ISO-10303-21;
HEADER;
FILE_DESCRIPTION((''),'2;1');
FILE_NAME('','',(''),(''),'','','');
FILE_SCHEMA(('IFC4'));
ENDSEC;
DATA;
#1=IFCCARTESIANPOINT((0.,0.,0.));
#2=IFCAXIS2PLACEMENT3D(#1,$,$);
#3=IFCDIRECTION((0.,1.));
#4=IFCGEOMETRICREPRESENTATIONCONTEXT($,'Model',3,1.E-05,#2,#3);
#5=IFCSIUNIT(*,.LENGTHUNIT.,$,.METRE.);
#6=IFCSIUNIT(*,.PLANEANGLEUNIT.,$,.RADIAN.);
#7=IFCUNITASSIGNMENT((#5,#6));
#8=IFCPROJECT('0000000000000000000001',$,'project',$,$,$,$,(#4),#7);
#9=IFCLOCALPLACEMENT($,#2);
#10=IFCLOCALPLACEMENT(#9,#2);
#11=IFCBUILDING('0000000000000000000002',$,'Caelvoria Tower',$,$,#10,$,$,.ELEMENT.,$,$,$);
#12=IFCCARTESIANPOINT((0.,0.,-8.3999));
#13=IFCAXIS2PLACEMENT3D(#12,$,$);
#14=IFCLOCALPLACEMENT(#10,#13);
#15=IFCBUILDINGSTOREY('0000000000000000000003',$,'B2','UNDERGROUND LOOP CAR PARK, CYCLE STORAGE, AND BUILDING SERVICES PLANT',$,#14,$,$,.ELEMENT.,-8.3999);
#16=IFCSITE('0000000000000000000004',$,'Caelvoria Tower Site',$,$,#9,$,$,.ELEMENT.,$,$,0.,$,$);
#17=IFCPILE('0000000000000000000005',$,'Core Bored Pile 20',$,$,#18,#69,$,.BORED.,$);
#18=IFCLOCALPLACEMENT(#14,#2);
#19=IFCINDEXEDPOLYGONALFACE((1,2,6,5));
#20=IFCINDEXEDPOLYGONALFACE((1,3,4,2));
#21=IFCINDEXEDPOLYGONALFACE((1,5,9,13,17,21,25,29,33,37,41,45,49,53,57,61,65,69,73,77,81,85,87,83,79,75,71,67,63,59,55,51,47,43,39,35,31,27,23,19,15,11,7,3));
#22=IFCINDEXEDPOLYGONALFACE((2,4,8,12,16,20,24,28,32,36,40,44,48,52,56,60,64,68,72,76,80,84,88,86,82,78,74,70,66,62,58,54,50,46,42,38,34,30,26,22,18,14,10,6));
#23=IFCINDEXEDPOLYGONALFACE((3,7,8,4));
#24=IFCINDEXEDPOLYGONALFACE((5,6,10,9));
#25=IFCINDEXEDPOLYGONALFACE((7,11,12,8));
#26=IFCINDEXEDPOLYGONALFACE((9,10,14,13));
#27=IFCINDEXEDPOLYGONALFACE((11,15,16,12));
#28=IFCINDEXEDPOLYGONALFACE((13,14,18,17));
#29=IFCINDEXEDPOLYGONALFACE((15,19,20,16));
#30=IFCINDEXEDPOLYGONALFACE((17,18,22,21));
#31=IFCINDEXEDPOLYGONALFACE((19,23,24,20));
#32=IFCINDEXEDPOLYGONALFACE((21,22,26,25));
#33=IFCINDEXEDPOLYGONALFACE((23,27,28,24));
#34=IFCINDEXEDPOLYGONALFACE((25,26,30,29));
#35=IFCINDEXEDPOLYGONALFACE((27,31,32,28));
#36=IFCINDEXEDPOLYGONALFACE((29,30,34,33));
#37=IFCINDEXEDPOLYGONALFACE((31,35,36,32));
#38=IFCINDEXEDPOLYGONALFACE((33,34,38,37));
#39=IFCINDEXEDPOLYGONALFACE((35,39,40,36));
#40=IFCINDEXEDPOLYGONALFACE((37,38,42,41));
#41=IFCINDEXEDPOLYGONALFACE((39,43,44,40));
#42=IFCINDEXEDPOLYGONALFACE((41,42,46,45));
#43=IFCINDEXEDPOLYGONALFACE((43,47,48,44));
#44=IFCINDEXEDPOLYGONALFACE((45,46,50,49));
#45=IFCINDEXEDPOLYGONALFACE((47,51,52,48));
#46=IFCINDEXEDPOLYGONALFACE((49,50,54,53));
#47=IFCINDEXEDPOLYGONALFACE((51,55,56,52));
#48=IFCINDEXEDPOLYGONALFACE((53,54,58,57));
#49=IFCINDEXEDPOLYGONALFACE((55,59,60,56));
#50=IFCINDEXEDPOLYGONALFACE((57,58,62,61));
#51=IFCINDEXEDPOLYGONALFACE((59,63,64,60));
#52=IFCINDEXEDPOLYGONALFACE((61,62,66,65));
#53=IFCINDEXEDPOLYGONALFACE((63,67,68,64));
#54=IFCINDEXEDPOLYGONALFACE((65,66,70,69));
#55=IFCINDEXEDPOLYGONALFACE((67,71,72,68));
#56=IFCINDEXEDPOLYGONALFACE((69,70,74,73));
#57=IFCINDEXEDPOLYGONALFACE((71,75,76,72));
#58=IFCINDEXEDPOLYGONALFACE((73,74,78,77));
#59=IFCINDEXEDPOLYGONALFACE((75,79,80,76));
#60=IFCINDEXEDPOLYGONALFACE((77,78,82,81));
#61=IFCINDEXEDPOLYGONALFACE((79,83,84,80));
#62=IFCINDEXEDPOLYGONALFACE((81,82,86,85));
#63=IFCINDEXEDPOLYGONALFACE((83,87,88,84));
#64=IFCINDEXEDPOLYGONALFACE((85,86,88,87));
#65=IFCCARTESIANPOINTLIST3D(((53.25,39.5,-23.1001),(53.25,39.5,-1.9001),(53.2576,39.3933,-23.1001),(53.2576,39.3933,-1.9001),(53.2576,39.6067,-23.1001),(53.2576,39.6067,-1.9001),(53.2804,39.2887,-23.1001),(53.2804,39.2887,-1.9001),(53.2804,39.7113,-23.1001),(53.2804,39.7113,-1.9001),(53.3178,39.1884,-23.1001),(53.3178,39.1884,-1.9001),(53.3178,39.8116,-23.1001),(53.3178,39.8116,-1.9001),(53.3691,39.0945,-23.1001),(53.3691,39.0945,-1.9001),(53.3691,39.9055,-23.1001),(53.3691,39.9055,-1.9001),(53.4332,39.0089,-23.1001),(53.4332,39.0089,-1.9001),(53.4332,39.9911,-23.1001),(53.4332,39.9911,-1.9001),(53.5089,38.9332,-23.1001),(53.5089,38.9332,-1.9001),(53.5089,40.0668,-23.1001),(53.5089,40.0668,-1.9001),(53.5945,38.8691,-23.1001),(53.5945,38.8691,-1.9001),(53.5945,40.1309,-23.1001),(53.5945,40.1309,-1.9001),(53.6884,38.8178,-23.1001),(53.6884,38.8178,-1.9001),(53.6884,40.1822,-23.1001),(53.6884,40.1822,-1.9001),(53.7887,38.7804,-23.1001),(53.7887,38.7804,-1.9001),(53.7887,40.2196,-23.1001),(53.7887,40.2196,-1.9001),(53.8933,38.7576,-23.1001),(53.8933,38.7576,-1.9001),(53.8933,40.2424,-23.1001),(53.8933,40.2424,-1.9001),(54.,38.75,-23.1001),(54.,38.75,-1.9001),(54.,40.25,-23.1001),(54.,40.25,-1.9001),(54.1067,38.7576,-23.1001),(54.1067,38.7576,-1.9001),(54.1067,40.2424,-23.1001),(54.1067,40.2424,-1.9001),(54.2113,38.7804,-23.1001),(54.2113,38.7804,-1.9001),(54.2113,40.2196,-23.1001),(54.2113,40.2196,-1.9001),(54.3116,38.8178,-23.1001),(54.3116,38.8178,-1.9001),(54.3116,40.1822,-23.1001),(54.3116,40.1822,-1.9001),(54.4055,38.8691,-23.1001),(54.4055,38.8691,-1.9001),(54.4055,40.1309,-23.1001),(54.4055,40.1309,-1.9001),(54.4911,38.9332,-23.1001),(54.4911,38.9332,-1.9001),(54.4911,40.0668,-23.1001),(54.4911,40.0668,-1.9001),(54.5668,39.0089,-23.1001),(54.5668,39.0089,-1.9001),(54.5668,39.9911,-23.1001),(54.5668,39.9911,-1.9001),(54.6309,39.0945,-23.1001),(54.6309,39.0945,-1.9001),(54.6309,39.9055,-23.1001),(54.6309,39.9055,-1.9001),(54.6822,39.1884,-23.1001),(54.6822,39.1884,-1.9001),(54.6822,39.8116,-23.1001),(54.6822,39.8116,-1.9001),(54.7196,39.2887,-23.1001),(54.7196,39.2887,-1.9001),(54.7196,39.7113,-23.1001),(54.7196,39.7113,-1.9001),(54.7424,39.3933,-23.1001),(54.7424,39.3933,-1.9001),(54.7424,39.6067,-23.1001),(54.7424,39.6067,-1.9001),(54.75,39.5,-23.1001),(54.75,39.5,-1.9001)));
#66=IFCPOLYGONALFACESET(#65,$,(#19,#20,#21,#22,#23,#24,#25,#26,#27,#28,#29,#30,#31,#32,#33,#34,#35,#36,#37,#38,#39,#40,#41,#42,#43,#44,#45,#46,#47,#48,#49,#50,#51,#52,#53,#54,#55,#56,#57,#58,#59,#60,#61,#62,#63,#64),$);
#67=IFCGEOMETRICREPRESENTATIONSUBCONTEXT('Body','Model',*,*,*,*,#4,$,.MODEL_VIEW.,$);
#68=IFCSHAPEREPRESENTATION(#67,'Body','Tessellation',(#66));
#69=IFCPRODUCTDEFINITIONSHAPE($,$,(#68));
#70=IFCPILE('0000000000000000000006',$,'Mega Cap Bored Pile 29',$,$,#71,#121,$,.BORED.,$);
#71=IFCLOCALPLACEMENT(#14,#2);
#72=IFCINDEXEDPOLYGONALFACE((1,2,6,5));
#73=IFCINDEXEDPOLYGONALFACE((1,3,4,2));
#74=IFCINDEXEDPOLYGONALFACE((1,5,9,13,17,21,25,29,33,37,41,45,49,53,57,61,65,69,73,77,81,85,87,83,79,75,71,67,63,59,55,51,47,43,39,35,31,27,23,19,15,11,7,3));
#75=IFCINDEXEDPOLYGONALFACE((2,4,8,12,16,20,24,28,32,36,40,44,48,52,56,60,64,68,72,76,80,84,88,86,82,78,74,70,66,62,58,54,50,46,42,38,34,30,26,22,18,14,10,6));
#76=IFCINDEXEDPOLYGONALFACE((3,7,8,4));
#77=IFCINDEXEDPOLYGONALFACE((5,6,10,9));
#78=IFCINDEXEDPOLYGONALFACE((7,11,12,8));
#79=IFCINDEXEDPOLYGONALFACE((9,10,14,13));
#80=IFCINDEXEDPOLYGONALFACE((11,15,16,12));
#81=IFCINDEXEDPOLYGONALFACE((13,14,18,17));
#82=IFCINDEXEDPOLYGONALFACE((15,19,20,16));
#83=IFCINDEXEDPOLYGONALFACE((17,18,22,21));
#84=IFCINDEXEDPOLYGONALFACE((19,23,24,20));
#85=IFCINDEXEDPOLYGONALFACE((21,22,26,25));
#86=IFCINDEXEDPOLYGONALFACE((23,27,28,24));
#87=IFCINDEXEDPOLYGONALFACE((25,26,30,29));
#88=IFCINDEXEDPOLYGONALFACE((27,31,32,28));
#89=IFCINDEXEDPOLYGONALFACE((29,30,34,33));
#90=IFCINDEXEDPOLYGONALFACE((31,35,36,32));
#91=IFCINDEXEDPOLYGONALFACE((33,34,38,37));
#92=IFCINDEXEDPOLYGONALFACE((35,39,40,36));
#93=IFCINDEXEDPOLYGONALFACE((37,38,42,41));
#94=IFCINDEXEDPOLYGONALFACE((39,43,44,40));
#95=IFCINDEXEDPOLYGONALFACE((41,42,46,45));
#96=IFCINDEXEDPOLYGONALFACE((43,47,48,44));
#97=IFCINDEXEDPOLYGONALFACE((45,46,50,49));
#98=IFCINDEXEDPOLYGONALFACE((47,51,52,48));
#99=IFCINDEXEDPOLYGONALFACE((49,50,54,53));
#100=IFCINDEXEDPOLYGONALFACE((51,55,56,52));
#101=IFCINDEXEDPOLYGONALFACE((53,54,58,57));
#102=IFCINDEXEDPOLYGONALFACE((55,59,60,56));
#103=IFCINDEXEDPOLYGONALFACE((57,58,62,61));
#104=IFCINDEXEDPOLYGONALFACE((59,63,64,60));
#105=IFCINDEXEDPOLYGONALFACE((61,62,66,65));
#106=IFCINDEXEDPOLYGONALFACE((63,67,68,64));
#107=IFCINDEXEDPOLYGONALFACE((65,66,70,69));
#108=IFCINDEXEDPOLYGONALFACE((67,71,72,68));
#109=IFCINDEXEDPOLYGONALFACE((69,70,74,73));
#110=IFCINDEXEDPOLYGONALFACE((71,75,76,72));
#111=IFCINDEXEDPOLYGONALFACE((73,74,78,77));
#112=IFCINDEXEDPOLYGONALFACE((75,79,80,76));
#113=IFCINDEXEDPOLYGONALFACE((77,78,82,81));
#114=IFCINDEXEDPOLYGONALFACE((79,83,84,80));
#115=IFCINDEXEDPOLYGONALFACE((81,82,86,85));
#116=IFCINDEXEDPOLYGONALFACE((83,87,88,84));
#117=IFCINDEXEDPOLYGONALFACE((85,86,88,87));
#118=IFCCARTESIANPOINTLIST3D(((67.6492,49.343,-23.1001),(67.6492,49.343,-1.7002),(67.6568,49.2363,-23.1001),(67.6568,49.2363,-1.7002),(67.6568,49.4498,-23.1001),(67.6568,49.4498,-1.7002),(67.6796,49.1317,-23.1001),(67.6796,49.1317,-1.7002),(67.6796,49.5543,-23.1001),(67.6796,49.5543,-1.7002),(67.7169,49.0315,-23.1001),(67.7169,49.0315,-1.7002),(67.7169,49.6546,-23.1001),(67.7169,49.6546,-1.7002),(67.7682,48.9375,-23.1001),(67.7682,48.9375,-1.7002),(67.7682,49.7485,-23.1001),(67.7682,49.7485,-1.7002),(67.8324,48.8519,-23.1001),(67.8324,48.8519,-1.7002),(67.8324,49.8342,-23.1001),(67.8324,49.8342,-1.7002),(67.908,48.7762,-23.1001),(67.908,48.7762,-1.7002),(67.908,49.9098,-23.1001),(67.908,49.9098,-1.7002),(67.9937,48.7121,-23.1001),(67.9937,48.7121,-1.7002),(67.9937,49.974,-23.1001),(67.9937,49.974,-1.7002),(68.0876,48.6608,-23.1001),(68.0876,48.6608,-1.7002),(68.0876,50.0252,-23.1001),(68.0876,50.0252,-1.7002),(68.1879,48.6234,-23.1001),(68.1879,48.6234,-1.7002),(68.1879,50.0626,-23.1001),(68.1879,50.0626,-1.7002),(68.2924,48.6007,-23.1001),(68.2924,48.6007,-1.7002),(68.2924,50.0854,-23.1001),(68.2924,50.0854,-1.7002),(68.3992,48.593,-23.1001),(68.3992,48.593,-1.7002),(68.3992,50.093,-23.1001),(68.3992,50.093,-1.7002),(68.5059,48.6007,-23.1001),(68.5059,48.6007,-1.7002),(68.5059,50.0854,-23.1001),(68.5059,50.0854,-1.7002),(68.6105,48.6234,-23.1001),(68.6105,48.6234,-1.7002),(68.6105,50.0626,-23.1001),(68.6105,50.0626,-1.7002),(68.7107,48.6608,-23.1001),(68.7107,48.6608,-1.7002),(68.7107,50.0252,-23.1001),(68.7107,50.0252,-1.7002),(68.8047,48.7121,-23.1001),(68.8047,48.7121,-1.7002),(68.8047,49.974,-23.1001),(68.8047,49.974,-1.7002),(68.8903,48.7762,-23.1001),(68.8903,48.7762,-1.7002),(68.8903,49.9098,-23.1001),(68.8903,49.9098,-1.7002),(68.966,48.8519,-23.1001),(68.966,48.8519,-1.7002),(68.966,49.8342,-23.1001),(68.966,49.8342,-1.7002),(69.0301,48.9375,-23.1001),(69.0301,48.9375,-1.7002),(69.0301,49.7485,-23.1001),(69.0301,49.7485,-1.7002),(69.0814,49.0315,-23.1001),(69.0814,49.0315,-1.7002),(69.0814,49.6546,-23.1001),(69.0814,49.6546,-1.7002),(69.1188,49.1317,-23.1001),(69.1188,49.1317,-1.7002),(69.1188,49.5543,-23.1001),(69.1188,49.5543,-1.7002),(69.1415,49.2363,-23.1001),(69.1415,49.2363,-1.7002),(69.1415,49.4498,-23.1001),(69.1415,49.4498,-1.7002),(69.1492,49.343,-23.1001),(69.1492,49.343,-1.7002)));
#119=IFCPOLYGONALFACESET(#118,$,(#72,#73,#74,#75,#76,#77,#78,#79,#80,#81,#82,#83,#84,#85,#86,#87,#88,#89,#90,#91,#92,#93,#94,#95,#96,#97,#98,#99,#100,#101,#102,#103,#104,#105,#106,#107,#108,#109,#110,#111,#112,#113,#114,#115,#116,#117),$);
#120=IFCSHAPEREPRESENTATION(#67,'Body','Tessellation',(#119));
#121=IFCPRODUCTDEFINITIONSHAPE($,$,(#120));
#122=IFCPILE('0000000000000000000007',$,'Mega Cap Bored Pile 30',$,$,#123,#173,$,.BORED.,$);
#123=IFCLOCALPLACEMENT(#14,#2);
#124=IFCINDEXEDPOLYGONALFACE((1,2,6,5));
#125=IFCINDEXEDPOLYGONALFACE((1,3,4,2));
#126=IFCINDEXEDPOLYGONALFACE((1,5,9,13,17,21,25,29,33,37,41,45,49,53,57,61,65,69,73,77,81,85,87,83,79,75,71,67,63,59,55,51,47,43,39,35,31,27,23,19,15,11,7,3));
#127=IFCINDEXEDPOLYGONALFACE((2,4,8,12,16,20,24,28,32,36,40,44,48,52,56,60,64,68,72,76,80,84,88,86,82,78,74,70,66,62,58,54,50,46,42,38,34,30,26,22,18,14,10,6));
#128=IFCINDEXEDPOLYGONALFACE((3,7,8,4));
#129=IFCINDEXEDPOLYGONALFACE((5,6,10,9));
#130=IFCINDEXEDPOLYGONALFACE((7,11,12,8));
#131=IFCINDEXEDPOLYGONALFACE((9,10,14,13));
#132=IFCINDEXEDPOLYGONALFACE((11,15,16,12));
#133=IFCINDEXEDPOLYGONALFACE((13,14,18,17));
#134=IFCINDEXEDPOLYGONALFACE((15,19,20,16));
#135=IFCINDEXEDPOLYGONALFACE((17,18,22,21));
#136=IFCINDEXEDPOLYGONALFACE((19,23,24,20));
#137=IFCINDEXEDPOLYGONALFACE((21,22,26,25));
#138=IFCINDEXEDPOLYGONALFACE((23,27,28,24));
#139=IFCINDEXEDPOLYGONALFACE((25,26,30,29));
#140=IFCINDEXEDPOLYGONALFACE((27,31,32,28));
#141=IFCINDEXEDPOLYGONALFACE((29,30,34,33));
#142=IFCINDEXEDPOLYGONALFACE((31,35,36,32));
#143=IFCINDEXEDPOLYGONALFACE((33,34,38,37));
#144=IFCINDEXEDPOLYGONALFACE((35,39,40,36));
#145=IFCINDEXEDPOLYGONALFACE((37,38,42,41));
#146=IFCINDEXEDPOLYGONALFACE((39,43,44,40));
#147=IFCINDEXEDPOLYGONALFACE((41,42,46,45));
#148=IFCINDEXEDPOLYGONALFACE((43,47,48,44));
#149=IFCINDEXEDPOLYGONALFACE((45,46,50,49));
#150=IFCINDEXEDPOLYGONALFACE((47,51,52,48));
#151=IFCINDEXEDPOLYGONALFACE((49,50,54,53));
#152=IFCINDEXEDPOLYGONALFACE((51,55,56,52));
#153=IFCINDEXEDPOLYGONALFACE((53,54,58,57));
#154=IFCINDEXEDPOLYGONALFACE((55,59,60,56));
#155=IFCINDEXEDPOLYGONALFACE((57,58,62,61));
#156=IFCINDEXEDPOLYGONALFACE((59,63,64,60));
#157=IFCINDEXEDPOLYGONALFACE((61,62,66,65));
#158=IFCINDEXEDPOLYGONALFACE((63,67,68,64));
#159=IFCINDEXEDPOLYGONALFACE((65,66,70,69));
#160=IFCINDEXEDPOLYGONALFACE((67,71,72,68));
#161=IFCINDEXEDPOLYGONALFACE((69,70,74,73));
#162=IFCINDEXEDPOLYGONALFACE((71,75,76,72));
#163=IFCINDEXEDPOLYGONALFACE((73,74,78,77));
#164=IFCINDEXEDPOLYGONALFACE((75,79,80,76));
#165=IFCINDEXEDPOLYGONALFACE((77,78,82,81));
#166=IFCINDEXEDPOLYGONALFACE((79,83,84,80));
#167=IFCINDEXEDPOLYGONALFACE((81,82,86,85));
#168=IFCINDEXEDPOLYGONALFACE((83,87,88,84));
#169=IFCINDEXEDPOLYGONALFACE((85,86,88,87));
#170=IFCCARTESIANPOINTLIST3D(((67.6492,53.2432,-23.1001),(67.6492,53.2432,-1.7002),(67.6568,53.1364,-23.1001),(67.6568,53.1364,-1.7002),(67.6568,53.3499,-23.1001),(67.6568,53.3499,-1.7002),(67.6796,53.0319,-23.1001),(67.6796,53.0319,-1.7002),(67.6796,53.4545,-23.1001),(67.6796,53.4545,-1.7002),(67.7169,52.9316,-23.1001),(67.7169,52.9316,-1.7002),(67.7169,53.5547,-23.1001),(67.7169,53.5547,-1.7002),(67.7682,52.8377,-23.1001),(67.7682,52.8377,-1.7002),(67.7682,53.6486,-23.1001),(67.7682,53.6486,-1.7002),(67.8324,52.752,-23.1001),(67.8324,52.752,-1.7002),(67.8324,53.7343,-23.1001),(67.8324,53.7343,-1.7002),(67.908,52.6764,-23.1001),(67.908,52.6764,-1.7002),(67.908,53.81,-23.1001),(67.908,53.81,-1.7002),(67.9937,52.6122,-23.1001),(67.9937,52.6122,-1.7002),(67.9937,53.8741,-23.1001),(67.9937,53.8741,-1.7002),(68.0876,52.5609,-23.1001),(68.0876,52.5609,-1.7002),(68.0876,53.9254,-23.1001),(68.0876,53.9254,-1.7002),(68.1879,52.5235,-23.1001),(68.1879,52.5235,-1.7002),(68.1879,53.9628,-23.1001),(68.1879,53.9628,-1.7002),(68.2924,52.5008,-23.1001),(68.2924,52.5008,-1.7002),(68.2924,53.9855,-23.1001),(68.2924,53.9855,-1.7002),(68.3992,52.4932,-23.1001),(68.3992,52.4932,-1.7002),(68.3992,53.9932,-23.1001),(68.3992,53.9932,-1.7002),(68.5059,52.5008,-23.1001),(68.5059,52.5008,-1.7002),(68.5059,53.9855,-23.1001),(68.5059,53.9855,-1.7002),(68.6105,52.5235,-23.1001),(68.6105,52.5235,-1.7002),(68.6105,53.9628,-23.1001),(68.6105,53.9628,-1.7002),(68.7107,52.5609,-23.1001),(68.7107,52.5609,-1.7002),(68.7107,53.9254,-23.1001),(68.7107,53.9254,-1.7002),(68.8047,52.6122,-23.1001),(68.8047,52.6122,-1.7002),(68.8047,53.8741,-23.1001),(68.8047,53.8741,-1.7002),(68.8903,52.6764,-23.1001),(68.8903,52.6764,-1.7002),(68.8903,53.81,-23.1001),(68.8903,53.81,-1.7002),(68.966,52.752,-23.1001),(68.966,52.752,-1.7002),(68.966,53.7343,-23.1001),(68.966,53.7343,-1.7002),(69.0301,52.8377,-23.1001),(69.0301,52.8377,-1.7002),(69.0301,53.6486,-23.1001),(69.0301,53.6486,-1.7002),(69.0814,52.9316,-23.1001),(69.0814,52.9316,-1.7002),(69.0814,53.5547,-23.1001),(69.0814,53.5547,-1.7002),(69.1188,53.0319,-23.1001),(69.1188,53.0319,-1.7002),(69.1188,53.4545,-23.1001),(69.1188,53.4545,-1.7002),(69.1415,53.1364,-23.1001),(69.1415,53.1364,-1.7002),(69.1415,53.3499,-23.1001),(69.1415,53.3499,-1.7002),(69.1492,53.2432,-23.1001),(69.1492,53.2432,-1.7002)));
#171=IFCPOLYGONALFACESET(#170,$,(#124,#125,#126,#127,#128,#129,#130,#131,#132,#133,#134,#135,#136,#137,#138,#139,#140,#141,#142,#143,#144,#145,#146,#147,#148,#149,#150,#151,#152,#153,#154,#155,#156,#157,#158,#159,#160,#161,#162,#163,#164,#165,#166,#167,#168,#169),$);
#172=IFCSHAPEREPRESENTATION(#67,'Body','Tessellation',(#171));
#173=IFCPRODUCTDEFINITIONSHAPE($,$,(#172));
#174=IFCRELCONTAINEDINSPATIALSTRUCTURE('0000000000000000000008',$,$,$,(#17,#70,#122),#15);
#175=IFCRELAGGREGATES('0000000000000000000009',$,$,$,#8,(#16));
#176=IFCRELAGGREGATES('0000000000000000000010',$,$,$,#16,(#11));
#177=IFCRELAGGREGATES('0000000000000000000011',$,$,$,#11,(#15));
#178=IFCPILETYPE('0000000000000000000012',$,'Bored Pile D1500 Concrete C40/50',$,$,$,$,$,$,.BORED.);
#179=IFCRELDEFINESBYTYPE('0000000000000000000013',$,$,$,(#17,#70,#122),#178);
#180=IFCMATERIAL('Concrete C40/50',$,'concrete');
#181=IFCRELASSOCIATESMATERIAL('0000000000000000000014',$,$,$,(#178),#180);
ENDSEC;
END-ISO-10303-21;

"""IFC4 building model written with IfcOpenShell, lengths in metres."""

from ifc_helpers import new_model, si_unit, direction, frame, origin, origin_2d, place, context, subcontext, project, spatial, circle, extrude, material, material_profile, profile_set, type_object, element, save


model = new_model("IFC4")

# Units and contexts
model_context = context("Model", 3, precision=1e-05, world=origin(), true_north=direction((0.0, 1.0)))
body_context = subcontext(model_context, "Body", "Model", "MODEL_VIEW")
ifc_project = project(units=[si_unit("LENGTHUNIT", "METRE"), si_unit("PLANEANGLEUNIT", "RADIAN")], contexts=[model_context])

# Site, building, storey
site_placement = place(None, origin())
site = spatial("IfcSite", under=ifc_project, at=site_placement, Name="Caelvoria Tower Site", CompositionType="ELEMENT", RefElevation=0.0)
building_placement = place(site_placement, origin())
building = spatial("IfcBuilding", under=site, at=building_placement, Name="Caelvoria Tower", CompositionType="ELEMENT")
storey_placement = place(building_placement, frame((0.0, 0.0, -8.3999)))
storey = spatial("IfcBuildingStorey", under=building, at=storey_placement, Name="B2", Description="UNDERGROUND LOOP CAR PARK, CYCLE STORAGE, AND BUILDING SERVICES PLANT", CompositionType="ELEMENT", Elevation=-8.3999)

# Piles
ifc_material_1 = material(Name="Concrete C40/50", Category="concrete")
ifc_material_profile_1 = material_profile(ifc_material_1, circle(Radius=0.75, at=origin_2d()), Name="Concrete C40/50")
ifc_profile_set_1 = profile_set([ifc_material_profile_1], Name="PILE_D1500 - Concrete C40/50")
pile_type_1 = type_object("IfcPileType", Name="Bored Pile D1500 Concrete C40/50", PredefinedType="BORED", material=ifc_profile_set_1)
for number, where, z_axis, x_axis, name in (
    (1, (54.0, 39.5, -1.9001), (0.0, 0.0, -1.0), (1.0, 0.0, 0.0), "Core Bored Pile 20"),
):
    element("IfcPile", number, at=place(storey_placement, frame(where, z_axis=z_axis, x_axis=x_axis)), inside=storey, type_object=pile_type_1, Name=name, PredefinedType="BORED", context=body_context, shape_type="SweptSolid", body=[
        extrude(circle(Radius=0.75, at=origin_2d()), origin(), (0.0, 0.0, 1.0), 21.2),
    ])
for number, where, z_axis, x_axis, name in (
    (2, (68.3992, 49.343, -1.7002), (0.0, 0.0, -1.0), (1.0, 0.0, 0.0), "Mega Cap Bored Pile 29"),
    (3, (68.3992, 53.2432, -1.7002), (0.0, 0.0, -1.0), (1.0, 0.0, 0.0), "Mega Cap Bored Pile 30"),
):
    element("IfcPile", number, at=place(storey_placement, frame(where, z_axis=z_axis, x_axis=x_axis)), inside=storey, type_object=pile_type_1, Name=name, PredefinedType="BORED", context=body_context, shape_type="SweptSolid", body=[
        extrude(circle(Radius=0.75, at=origin_2d()), origin(), (0.0, 0.0, 1.0), 21.3999),
    ])

save(model, "model.ifc")
